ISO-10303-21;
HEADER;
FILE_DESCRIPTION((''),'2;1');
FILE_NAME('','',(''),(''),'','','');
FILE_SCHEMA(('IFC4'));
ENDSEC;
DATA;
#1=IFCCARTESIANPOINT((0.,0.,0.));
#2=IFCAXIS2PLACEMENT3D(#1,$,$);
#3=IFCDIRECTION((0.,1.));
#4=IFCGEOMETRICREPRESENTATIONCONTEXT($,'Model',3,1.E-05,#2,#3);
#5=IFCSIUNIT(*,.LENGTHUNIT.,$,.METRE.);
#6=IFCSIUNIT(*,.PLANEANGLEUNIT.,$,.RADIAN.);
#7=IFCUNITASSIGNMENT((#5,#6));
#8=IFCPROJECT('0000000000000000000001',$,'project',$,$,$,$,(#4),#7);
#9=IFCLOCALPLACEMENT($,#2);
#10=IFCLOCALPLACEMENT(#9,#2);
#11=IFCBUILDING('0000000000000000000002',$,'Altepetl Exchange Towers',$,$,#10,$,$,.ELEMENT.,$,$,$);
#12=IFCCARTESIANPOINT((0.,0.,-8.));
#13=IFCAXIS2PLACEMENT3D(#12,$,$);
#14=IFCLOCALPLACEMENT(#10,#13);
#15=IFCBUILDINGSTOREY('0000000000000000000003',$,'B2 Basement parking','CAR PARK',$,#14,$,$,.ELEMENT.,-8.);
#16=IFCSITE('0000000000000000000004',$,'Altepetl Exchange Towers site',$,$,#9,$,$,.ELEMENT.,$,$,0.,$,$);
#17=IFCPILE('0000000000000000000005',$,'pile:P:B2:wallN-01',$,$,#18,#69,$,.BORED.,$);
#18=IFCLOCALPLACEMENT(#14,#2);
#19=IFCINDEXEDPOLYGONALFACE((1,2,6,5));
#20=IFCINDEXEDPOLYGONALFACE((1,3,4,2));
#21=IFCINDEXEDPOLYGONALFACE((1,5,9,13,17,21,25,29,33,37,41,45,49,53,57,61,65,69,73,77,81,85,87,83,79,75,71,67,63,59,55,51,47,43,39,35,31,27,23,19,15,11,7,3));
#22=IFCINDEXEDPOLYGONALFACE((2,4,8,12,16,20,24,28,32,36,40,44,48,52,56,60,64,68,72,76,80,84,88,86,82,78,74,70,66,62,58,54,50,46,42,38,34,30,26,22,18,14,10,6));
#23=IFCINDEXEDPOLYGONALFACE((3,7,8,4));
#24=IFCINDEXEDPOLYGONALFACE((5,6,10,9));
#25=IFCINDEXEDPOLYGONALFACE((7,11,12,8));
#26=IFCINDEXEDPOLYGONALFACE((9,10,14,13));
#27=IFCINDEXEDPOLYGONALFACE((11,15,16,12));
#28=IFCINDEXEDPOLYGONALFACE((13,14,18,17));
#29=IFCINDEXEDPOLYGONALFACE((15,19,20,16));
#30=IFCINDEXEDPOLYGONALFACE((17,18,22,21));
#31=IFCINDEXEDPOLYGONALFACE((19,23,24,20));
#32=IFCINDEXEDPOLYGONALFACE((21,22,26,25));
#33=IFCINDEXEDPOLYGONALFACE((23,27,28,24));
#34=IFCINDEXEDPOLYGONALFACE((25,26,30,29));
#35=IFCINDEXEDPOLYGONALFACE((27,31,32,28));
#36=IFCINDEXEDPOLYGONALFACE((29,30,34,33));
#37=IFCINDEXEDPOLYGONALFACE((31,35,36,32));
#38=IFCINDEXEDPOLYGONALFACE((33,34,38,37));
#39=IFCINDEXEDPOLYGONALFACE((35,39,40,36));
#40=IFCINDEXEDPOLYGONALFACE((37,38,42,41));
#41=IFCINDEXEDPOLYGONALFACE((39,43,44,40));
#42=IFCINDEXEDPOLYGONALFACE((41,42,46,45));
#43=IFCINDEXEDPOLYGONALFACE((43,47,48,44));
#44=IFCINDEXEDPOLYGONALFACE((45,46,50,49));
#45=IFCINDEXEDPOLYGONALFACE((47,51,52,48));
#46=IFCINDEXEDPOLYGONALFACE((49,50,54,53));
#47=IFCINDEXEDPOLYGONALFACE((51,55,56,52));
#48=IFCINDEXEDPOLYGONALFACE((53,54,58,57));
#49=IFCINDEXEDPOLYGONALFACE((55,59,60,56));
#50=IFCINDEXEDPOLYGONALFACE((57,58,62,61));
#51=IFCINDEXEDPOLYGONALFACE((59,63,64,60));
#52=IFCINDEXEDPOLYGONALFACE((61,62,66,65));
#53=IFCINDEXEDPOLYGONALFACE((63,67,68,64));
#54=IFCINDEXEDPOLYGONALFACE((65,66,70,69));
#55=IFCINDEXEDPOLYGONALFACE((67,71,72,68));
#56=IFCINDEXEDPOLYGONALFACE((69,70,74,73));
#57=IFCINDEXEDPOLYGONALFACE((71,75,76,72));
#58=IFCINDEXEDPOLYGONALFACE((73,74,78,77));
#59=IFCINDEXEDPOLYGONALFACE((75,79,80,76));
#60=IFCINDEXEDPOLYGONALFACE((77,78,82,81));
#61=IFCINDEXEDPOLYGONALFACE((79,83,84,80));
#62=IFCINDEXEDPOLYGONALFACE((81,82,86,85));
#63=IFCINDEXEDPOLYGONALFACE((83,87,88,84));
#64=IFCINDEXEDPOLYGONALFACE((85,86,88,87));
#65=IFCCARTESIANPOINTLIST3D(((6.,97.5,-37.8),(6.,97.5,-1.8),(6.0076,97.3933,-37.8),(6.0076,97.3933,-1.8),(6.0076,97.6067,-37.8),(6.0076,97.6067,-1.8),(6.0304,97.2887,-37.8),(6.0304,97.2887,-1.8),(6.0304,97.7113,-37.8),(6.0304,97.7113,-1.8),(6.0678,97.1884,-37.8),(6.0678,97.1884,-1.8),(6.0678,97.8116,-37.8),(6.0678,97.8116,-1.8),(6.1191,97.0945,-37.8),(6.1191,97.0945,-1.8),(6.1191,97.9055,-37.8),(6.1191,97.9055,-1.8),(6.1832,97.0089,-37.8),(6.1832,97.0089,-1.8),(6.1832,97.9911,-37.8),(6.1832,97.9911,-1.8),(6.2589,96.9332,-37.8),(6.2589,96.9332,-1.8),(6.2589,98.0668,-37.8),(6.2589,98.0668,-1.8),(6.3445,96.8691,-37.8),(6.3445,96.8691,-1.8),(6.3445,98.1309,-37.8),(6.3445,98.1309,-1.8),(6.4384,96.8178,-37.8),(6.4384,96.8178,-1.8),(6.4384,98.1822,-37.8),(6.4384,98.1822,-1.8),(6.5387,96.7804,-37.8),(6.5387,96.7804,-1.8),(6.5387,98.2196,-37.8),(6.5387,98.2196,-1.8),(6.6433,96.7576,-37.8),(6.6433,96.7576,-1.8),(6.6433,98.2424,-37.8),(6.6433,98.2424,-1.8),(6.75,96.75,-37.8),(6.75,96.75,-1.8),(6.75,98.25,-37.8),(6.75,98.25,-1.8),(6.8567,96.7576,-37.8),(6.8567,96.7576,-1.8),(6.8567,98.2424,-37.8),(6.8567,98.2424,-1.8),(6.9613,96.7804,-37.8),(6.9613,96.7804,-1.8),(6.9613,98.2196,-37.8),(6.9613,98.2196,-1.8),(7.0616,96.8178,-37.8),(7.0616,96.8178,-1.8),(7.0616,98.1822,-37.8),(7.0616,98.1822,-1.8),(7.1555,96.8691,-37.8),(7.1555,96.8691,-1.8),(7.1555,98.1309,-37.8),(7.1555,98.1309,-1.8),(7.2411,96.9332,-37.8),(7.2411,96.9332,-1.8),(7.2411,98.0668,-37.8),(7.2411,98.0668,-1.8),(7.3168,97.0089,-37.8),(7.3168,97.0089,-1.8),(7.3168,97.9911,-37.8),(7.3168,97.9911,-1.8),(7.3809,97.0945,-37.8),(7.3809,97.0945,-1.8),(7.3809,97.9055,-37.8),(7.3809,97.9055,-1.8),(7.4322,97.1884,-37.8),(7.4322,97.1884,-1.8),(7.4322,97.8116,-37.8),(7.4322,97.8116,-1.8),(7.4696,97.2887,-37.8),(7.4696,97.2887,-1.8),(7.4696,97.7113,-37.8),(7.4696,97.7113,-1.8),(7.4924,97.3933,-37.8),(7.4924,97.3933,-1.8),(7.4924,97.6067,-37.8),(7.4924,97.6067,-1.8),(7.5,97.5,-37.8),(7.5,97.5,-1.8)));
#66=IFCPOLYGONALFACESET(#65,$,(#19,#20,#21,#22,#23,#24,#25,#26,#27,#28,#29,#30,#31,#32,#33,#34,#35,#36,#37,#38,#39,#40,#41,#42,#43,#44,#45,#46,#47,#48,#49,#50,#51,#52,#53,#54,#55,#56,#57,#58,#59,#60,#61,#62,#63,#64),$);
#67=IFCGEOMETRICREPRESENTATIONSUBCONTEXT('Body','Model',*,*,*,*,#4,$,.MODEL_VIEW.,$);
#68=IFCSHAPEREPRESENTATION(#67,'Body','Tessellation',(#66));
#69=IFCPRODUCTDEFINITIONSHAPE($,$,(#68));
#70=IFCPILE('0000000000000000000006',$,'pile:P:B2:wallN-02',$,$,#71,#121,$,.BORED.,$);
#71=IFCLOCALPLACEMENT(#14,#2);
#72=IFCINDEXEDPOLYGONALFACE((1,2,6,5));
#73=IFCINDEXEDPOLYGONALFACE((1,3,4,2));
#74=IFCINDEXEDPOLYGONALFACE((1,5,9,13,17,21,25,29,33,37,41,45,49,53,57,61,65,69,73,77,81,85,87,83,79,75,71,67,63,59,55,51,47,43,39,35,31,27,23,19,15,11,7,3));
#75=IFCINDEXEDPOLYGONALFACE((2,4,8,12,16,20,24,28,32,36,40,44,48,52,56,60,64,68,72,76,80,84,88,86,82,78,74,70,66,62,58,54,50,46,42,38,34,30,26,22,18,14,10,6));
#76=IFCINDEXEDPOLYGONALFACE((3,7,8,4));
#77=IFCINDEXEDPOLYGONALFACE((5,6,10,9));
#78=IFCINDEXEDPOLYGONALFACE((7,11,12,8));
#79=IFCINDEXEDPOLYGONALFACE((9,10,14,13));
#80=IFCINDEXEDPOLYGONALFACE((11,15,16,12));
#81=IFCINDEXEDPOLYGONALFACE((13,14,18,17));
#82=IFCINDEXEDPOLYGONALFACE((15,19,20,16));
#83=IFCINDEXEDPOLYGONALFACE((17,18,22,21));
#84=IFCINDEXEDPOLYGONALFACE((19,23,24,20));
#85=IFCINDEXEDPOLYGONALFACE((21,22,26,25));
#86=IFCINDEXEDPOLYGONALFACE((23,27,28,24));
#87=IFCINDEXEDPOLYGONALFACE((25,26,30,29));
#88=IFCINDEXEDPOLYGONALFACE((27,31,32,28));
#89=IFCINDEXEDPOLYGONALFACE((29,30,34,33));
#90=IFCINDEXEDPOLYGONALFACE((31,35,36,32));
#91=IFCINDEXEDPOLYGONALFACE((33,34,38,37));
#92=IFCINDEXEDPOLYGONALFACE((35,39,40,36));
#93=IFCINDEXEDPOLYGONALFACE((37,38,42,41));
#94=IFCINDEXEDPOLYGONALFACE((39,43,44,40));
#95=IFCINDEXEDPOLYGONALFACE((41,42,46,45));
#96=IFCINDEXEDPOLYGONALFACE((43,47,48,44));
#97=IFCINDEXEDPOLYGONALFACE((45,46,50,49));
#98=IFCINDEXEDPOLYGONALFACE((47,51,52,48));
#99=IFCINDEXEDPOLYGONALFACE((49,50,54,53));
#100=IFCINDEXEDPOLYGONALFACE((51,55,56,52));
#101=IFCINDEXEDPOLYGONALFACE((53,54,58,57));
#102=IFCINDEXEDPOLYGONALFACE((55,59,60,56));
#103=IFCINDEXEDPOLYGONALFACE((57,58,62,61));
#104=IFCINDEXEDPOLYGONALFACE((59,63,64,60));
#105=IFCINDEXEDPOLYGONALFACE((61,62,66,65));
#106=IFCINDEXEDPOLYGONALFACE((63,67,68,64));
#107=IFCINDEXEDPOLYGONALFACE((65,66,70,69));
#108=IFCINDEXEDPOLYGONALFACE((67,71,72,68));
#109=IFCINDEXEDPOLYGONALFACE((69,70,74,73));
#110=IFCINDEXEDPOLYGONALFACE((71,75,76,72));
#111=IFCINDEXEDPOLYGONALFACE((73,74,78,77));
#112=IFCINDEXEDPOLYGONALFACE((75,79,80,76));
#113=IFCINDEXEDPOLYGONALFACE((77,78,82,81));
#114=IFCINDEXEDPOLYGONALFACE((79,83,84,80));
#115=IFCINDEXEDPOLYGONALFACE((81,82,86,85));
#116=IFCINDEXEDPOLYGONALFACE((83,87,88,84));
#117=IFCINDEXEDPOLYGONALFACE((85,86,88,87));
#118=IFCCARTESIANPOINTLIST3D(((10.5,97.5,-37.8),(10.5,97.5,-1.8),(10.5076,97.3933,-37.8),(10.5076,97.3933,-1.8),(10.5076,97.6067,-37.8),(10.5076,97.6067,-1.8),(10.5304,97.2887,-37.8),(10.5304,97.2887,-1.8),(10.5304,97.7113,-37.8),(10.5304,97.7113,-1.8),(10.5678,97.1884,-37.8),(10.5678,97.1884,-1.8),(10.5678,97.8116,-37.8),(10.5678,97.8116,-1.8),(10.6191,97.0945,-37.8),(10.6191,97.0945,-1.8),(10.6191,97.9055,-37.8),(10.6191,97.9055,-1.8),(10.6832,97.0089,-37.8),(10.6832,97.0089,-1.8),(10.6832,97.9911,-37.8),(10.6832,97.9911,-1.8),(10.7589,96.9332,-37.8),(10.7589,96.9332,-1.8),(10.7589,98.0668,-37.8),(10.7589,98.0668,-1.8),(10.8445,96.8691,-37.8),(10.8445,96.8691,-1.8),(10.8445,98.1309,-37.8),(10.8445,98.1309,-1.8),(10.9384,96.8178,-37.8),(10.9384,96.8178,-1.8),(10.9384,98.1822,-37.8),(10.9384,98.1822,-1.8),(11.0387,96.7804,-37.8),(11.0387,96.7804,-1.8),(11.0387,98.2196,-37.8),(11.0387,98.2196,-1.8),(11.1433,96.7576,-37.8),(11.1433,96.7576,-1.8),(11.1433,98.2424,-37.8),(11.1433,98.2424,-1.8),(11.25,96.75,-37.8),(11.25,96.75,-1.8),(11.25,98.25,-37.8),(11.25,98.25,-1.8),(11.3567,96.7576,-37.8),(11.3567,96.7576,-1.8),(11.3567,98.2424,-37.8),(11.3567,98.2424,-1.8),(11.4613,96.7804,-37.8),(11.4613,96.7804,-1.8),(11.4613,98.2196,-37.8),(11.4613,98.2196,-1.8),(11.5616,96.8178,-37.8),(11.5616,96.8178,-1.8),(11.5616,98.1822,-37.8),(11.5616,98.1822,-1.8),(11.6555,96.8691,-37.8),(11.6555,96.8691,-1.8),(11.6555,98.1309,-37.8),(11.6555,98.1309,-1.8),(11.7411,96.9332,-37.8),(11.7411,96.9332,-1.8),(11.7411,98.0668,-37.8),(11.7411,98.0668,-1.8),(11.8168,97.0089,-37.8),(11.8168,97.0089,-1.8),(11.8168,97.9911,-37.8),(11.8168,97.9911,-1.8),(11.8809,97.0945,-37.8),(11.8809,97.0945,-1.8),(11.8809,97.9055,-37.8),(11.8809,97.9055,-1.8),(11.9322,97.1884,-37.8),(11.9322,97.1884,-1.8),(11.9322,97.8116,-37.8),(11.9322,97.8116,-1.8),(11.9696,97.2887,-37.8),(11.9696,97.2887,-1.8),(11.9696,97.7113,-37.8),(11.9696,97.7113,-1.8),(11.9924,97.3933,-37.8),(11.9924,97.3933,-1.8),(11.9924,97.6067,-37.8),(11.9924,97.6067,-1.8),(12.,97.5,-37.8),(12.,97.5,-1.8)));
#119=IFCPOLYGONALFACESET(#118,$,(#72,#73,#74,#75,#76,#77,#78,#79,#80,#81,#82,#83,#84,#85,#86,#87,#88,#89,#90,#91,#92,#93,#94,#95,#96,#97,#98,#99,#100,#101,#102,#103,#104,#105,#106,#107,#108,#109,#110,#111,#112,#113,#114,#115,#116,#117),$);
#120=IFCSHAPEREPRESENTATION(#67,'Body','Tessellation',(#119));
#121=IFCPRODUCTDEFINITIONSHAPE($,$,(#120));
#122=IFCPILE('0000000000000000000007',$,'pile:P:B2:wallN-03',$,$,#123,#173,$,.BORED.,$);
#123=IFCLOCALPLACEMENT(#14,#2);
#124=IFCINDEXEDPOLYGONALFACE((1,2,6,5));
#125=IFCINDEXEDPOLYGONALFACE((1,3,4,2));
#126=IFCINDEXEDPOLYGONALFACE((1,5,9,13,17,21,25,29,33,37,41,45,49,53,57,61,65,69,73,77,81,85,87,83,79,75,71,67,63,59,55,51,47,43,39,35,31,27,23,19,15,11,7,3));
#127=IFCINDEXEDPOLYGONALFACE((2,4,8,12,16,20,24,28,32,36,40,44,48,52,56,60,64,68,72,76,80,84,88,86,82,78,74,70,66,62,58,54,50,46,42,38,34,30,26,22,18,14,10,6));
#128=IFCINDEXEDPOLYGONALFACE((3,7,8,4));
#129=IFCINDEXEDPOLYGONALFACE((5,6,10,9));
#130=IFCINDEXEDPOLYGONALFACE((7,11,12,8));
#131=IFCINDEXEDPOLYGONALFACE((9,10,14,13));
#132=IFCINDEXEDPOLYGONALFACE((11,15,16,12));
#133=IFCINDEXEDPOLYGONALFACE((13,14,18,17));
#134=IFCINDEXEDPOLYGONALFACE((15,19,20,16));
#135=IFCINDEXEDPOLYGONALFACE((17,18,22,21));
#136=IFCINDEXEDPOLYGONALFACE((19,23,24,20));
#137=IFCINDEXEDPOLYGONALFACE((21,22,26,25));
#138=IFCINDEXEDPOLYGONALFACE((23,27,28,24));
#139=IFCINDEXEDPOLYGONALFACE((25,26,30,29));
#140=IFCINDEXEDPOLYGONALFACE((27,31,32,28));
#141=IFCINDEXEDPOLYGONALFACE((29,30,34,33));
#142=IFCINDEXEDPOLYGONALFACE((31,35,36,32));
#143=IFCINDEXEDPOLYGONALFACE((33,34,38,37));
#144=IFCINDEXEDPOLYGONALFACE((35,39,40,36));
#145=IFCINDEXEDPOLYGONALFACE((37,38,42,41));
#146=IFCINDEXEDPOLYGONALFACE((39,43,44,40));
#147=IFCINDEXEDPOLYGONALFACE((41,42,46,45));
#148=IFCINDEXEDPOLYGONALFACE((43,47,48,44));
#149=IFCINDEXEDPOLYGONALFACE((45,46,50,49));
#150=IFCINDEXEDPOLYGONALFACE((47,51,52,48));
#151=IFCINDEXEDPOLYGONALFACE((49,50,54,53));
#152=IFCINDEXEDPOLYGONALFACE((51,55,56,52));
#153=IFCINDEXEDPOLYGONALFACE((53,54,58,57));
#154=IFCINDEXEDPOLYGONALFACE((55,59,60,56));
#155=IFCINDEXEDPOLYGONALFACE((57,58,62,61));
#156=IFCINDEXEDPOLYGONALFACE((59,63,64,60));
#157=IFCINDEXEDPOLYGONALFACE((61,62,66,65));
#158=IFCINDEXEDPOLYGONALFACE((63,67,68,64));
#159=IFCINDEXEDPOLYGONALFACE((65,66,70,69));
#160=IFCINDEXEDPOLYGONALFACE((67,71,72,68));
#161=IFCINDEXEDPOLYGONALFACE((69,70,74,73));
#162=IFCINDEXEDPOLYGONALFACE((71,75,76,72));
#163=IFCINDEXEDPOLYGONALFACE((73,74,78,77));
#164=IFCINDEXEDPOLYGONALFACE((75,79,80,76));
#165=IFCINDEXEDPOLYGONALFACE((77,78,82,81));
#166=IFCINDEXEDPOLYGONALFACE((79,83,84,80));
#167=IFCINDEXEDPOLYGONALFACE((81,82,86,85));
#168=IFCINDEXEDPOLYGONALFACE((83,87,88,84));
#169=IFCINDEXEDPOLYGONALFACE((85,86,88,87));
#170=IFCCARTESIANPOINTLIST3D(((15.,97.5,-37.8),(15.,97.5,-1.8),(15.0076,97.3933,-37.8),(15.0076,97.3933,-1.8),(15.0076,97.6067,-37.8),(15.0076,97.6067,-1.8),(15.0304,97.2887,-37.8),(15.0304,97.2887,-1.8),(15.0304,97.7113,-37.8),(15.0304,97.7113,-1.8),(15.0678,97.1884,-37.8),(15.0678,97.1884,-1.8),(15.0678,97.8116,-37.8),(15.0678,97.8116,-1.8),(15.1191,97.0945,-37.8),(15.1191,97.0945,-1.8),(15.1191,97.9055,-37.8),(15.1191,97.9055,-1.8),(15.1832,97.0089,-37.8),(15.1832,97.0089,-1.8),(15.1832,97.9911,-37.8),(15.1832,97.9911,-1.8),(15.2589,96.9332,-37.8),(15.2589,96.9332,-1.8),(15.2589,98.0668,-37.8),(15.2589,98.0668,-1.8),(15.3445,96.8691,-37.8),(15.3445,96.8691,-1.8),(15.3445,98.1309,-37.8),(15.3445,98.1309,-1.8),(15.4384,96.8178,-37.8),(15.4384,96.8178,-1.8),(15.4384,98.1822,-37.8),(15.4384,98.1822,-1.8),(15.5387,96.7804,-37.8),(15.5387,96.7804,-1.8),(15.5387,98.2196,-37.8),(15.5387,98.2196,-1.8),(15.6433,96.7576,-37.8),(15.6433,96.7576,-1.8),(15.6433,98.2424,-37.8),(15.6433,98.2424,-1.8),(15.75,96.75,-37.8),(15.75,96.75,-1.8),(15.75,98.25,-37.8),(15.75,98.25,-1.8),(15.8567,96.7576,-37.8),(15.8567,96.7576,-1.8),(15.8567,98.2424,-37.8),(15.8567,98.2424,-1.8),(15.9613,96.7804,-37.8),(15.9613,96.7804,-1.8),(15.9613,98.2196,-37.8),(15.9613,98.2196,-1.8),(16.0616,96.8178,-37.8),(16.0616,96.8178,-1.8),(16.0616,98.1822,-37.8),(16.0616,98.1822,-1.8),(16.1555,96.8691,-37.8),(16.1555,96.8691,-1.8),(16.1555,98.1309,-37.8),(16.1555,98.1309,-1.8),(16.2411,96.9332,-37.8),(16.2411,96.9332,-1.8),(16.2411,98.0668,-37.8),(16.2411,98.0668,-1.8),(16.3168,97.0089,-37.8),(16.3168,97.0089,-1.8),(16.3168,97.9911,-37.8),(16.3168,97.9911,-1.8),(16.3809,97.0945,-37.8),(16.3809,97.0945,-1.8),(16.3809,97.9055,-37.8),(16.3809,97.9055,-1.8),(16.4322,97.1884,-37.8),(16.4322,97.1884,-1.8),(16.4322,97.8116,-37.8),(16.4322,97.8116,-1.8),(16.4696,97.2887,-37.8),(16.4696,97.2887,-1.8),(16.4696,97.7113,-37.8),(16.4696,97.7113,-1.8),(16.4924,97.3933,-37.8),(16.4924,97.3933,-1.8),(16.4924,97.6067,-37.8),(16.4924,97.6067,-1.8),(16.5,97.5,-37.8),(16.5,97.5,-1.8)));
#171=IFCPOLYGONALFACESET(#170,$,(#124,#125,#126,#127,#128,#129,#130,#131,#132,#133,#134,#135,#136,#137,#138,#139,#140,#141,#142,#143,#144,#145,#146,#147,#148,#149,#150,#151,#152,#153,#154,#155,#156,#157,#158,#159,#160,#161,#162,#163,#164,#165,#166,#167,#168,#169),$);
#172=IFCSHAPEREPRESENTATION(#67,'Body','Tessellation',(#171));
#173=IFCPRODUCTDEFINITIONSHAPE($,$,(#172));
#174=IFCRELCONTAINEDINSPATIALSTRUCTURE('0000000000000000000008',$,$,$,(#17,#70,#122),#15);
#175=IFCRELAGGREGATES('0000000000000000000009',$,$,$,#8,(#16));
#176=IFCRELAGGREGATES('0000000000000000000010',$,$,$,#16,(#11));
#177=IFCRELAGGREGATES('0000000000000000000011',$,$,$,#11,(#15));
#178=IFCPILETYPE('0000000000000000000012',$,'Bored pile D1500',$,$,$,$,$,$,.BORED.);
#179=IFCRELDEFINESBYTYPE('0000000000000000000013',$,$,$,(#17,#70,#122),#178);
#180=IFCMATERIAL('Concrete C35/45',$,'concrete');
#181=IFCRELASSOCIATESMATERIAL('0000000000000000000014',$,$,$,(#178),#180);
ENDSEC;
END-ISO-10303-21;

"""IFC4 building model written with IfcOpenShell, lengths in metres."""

from ifc_helpers import new_model, si_unit, direction, frame, origin, origin_2d, place, context, subcontext, project, spatial, circle, extrude, material, material_profile, profile_set, type_object, element, save


model = new_model("IFC4")

# Units and contexts
model_context = context("Model", 3, precision=1e-05, world=origin(), true_north=direction((0.0, 1.0)))
body_context = subcontext(model_context, "Body", "Model", "MODEL_VIEW")
ifc_project = project(units=[si_unit("LENGTHUNIT", "METRE"), si_unit("PLANEANGLEUNIT", "RADIAN")], contexts=[model_context])

# Site, building, storey
site_placement = place(None, origin())
site = spatial("IfcSite", under=ifc_project, at=site_placement, Name="Altepetl Exchange Towers site", CompositionType="ELEMENT", RefElevation=0.0)
building_placement = place(site_placement, origin())
building = spatial("IfcBuilding", under=site, at=building_placement, Name="Altepetl Exchange Towers", CompositionType="ELEMENT")
storey_placement = place(building_placement, frame((0.0, 0.0, -8.0)))
storey = spatial("IfcBuildingStorey", under=building, at=storey_placement, Name="B2 Basement parking", Description="CAR PARK", CompositionType="ELEMENT", Elevation=-8.0)

# Piles
ifc_material_1 = material(Name="Concrete C35/45", Category="concrete")
ifc_material_profile_1 = material_profile(ifc_material_1, circle(Radius=0.75, at=origin_2d()), Name="D1500")
ifc_profile_set_1 = profile_set([ifc_material_profile_1], Name="Concrete C35/45")
pile_type_1 = type_object("IfcPileType", Name="Bored pile D1500", PredefinedType="BORED", material=ifc_profile_set_1)
for number, where, z_axis, x_axis, name in (
    (1, (6.75, 97.5, -1.8), (0.0, 0.0, -1.0), (1.0, 0.0, 0.0), "pile:P:B2:wallN-01"),
    (2, (11.25, 97.5, -1.8), (0.0, 0.0, -1.0), (1.0, 0.0, 0.0), "pile:P:B2:wallN-02"),
    (3, (15.75, 97.5, -1.8), (0.0, 0.0, -1.0), (1.0, 0.0, 0.0), "pile:P:B2:wallN-03"),
):
    element("IfcPile", number, at=place(storey_placement, frame(where, z_axis=z_axis, x_axis=x_axis)), inside=storey, type_object=pile_type_1, Name=name, PredefinedType="BORED", context=body_context, shape_type="SweptSolid", body=[
        extrude(circle(Radius=0.75, at=origin_2d()), origin(), (0.0, 0.0, 1.0), 36.0),
    ])

save(model, "model.ifc")
